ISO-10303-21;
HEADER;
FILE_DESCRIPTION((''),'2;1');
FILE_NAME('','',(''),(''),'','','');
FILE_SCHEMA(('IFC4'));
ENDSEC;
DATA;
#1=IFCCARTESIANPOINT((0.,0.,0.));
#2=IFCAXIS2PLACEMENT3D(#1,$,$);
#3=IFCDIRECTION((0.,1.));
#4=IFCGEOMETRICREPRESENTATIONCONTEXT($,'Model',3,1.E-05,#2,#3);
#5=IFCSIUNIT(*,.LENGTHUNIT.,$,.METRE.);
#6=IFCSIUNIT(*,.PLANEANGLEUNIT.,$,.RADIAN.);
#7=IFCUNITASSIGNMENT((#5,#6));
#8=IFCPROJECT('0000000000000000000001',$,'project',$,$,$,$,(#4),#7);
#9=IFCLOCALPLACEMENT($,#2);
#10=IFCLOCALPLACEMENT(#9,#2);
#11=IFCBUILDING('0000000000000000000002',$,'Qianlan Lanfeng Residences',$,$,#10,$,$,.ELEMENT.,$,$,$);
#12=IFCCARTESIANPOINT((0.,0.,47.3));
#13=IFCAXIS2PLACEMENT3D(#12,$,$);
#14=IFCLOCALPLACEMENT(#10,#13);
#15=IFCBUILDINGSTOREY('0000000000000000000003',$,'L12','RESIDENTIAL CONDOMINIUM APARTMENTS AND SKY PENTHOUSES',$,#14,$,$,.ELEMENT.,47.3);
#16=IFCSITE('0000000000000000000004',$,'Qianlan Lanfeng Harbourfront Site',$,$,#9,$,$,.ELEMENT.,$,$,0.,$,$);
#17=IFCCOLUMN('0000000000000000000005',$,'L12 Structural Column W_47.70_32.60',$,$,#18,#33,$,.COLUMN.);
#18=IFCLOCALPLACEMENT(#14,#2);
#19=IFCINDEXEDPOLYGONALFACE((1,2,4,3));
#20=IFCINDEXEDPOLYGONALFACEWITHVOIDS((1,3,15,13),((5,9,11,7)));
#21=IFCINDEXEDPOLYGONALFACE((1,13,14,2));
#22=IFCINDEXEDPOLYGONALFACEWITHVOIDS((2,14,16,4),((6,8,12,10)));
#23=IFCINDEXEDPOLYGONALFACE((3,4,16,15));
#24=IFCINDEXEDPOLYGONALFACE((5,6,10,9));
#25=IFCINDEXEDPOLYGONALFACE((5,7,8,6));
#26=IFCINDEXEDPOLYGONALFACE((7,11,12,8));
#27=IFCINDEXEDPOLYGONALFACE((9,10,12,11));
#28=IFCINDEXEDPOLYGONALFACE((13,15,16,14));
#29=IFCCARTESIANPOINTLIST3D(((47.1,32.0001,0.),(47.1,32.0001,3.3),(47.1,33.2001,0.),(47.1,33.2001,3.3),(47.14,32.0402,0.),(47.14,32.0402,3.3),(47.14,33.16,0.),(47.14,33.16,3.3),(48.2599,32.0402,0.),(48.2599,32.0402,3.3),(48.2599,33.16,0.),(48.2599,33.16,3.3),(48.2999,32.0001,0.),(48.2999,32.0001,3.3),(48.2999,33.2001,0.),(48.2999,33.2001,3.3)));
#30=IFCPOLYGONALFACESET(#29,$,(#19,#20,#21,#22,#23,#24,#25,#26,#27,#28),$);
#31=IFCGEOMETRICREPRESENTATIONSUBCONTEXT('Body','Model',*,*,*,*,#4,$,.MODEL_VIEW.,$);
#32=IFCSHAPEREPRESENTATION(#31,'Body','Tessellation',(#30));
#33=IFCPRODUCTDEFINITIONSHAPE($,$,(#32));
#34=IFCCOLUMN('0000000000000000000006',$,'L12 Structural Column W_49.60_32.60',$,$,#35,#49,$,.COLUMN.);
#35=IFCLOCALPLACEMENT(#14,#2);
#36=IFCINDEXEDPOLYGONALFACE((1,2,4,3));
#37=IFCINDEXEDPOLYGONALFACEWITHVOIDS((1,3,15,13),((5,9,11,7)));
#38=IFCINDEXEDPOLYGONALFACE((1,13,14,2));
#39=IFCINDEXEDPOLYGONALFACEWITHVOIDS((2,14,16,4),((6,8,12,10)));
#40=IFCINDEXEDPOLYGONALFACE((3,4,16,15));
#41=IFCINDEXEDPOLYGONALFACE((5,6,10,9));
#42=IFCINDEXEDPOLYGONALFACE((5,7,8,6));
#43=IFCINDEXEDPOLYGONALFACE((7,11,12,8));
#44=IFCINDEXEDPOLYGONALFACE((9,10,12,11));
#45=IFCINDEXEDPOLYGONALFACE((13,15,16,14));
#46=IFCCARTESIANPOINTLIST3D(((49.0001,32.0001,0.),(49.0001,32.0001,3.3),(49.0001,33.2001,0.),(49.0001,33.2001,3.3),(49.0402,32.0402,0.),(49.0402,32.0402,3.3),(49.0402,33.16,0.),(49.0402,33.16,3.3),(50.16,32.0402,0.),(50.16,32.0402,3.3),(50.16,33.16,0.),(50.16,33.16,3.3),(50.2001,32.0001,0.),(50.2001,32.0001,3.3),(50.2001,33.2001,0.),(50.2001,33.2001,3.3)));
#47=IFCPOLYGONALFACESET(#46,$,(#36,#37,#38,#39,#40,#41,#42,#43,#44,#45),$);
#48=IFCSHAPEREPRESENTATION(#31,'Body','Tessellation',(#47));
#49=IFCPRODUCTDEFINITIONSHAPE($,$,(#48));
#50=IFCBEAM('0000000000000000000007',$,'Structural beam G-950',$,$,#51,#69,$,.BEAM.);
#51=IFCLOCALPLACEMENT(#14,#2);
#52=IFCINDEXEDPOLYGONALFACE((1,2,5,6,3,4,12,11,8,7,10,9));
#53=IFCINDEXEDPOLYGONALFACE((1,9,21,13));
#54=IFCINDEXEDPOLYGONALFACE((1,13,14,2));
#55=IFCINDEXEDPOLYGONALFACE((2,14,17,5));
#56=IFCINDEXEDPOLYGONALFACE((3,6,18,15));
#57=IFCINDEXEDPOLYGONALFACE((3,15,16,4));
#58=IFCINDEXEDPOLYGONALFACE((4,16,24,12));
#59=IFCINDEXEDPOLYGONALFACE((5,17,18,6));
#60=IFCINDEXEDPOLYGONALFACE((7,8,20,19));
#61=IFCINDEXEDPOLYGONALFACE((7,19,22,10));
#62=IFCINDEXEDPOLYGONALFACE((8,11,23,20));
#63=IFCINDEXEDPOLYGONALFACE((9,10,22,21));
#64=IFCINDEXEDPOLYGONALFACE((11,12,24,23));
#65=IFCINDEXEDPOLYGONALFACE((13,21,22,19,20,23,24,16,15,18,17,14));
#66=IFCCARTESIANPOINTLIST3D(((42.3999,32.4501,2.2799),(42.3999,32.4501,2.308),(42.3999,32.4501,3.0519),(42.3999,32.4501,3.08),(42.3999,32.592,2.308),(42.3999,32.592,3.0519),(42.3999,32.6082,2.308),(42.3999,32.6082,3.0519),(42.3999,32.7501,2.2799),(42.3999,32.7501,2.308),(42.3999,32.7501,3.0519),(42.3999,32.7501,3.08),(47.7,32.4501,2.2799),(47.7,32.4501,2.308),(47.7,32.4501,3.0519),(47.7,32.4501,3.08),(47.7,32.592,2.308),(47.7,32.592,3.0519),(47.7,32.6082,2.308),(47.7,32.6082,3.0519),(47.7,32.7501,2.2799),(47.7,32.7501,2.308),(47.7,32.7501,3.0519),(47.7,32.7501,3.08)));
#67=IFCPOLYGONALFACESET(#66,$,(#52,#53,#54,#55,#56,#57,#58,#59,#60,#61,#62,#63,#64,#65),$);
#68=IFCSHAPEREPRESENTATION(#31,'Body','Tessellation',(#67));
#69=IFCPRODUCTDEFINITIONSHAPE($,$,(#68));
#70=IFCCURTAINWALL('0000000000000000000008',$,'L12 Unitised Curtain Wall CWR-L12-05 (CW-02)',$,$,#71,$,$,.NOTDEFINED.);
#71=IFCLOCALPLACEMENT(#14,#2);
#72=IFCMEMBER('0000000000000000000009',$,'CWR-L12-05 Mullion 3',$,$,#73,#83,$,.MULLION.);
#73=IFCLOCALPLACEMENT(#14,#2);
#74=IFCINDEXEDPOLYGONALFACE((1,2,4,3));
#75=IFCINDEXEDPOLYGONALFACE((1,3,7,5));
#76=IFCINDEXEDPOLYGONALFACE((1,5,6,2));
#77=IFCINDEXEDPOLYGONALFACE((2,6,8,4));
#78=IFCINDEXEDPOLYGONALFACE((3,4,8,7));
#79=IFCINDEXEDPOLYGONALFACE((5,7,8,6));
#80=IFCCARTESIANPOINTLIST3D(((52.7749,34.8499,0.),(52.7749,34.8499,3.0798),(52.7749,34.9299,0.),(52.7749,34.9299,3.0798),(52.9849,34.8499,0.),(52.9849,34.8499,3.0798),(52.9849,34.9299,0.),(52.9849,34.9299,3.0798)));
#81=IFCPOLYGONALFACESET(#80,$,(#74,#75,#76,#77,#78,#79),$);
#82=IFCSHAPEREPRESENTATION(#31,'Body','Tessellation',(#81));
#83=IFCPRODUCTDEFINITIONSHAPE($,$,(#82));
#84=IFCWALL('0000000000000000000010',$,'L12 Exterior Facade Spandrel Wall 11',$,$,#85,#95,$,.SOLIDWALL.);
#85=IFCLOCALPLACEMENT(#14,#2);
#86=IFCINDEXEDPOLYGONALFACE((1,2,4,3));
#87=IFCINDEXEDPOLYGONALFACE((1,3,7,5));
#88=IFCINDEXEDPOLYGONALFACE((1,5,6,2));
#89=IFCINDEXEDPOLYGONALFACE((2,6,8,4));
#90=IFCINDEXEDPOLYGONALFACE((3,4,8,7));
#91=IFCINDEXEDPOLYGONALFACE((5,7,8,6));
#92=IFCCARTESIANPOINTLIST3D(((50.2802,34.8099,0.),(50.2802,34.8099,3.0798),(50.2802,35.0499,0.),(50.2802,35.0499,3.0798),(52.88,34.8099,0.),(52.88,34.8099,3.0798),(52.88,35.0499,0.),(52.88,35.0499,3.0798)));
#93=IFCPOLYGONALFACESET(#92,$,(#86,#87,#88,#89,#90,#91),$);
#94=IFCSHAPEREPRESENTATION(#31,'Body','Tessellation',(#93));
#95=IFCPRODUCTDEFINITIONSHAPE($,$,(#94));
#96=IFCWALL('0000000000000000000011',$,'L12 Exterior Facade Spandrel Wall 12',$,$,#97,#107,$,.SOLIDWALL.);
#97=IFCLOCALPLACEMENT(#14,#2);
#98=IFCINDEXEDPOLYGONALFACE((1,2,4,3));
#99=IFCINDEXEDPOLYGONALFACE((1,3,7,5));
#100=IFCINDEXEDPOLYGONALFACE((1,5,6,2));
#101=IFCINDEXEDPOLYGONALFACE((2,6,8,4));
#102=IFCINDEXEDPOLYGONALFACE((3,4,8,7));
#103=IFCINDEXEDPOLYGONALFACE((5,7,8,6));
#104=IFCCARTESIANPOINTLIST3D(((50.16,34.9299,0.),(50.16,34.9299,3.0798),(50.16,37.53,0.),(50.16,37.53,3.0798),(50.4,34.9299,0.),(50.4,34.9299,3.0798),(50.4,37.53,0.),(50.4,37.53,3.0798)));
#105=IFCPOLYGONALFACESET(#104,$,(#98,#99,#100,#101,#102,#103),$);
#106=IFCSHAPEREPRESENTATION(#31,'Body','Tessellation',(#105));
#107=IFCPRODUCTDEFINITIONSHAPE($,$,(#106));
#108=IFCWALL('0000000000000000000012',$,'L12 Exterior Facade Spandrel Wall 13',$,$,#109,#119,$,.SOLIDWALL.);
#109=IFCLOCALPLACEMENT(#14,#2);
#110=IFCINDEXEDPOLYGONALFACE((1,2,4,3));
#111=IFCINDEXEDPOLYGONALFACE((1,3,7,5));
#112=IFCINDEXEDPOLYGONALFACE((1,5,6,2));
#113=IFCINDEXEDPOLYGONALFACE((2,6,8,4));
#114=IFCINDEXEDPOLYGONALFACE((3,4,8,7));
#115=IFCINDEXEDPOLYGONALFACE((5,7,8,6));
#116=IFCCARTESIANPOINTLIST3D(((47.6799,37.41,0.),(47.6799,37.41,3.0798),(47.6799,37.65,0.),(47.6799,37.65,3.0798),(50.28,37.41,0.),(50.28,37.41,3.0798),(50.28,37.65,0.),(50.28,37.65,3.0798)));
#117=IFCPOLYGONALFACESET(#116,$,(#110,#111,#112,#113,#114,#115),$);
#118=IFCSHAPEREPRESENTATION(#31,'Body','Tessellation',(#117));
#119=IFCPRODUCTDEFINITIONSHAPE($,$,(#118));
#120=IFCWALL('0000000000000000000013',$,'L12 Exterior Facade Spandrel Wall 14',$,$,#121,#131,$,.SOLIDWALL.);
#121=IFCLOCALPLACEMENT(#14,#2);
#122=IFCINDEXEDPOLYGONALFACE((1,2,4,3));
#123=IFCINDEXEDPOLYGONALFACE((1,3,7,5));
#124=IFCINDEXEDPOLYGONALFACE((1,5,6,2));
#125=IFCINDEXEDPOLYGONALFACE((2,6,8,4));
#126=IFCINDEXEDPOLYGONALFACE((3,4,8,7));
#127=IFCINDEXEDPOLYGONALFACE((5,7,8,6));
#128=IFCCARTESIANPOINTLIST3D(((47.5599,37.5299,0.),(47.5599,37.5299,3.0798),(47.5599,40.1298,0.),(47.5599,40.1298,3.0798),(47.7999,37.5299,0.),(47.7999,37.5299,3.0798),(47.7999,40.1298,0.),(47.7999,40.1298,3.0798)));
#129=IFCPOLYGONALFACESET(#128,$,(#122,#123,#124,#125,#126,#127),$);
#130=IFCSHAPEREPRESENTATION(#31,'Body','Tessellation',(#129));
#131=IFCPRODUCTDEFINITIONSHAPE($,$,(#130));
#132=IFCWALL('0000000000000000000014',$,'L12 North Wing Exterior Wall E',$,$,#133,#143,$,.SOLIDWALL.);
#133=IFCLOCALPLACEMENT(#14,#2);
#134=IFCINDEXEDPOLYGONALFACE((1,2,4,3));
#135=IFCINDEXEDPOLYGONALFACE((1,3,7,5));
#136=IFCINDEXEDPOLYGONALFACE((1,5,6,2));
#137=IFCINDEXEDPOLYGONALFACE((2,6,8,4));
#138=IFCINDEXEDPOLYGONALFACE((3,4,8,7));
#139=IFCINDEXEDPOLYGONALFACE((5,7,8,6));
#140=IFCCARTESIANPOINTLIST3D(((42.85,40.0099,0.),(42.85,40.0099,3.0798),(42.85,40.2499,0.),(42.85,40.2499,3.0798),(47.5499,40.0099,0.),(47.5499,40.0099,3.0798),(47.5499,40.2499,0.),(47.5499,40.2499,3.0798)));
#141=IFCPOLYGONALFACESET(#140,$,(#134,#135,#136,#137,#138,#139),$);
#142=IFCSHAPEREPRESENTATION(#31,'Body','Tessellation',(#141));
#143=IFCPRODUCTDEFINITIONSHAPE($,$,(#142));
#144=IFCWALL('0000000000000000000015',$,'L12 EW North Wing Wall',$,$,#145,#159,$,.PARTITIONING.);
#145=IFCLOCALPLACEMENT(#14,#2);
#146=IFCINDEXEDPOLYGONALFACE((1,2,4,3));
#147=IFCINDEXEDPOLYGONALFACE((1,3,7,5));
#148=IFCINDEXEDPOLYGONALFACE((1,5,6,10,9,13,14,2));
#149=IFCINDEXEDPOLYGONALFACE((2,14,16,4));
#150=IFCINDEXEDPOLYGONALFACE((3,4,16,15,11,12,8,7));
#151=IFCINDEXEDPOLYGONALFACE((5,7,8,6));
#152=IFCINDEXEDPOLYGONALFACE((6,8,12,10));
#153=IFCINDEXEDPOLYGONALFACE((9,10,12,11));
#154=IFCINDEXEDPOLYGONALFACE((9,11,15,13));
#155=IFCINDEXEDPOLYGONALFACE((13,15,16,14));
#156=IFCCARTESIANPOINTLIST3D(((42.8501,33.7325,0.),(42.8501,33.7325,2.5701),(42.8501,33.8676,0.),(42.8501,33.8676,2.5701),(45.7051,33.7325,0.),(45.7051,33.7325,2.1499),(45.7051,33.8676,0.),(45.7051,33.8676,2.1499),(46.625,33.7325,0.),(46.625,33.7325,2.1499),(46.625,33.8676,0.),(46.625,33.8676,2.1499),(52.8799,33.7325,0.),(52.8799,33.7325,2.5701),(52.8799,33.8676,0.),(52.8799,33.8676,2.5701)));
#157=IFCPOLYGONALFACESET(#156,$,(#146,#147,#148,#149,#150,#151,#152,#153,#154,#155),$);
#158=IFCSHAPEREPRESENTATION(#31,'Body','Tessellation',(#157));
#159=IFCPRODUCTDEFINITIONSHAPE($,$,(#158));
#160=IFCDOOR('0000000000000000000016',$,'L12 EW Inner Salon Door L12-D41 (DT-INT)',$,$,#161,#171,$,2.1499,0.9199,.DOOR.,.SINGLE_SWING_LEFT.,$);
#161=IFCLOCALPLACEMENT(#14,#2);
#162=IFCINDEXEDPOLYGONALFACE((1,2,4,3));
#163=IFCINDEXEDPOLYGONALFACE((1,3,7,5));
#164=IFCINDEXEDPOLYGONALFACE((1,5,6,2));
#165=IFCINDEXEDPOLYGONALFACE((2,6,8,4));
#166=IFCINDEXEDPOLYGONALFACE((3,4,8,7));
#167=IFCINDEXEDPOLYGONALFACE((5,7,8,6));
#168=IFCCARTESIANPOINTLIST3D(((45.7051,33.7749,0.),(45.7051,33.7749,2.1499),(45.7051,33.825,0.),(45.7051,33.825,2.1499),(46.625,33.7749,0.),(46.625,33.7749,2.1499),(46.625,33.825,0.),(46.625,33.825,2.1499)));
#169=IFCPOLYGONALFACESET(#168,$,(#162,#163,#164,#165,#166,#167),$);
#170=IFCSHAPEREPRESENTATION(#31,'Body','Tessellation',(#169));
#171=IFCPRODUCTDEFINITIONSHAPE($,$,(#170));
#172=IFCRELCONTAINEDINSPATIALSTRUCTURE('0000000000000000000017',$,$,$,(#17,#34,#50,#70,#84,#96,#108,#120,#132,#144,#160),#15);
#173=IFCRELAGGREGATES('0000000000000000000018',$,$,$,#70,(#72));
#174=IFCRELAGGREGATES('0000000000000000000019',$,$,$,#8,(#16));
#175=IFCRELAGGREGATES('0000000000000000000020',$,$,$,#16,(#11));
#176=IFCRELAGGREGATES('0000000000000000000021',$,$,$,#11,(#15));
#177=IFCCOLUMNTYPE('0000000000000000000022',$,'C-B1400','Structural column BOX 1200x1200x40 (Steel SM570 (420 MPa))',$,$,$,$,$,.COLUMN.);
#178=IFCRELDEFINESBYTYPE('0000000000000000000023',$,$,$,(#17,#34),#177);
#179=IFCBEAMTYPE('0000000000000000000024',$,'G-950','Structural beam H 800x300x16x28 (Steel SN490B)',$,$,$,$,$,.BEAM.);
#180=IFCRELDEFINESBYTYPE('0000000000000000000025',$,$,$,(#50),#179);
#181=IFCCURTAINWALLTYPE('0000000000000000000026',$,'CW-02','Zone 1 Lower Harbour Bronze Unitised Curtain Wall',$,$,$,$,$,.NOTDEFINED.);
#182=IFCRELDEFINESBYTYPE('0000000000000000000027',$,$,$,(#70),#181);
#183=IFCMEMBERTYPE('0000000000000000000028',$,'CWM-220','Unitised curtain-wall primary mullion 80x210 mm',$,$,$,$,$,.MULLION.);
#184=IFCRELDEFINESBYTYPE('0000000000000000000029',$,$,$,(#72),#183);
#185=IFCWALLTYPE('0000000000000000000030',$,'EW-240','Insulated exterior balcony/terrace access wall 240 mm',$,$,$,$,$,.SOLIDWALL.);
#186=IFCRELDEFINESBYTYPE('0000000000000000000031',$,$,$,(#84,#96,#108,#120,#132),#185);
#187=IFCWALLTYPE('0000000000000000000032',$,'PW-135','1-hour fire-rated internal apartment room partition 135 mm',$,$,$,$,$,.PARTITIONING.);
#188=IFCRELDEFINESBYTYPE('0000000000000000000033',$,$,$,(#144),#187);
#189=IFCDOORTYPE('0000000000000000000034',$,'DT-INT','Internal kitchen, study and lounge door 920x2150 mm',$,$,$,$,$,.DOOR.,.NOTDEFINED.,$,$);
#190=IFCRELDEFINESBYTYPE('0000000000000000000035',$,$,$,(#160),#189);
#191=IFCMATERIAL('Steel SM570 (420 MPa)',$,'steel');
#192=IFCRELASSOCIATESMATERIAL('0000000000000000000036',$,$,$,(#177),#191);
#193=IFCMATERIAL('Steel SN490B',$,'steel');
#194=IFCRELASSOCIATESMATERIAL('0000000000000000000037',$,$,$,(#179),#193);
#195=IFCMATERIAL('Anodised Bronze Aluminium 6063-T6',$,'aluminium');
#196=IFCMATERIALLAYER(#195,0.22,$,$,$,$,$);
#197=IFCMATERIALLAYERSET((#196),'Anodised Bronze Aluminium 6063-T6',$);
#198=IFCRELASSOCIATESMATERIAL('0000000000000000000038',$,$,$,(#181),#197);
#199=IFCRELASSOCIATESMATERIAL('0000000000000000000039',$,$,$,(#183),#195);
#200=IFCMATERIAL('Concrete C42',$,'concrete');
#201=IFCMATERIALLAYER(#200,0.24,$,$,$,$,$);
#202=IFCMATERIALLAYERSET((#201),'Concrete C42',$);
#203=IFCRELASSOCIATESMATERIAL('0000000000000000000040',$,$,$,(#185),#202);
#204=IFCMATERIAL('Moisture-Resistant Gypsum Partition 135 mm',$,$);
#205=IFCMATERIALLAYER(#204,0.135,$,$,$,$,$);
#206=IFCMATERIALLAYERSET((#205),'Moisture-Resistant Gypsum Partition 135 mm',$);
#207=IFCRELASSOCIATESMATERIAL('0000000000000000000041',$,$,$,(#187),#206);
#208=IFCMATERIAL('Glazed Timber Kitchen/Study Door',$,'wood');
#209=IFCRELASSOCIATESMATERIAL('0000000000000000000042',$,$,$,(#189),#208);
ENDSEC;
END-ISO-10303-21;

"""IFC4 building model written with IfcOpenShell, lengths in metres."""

from ifc_helpers import new_model, si_unit, direction, frame, frame_2d, origin, origin_2d, place, context, subcontext, project, spatial, rectangle, hollow_rectangle, i_section, extrude, source, transform, mapped, material, layer, layer_set, material_profile, profile_set, type_object, element, fill, aggregate, save


model = new_model("IFC4")

# Units and contexts
model_context = context("Model", 3, precision=1e-05, world=origin(), true_north=direction((0.0, 1.0)))
body_context = subcontext(model_context, "Body", "Model", "MODEL_VIEW")
ifc_project = project(units=[si_unit("LENGTHUNIT", "METRE"), si_unit("PLANEANGLEUNIT", "RADIAN")], contexts=[model_context])

# Site, building, storey
site_placement = place(None, origin())
site = spatial("IfcSite", under=ifc_project, at=site_placement, Name="Qianlan Lanfeng Harbourfront Site", CompositionType="ELEMENT", RefElevation=0.0)
building_placement = place(site_placement, origin())
building = spatial("IfcBuilding", under=site, at=building_placement, Name="Qianlan Lanfeng Residences", CompositionType="ELEMENT")
storey_placement = place(building_placement, frame((0.0, 0.0, 47.3)))
storey = spatial("IfcBuildingStorey", under=building, at=storey_placement, Name="L12", Description="RESIDENTIAL CONDOMINIUM APARTMENTS AND SKY PENTHOUSES", CompositionType="ELEMENT", Elevation=47.3)

# Columns
ifc_material_1 = material(Name="Steel SM570 (420 MPa)", Category="steel")
ifc_material_profile_1 = material_profile(ifc_material_1, hollow_rectangle(XDim=1.2, YDim=1.2, WallThickness=0.04, at=origin_2d()), Name="BOX 1200x1200x40")
ifc_profile_set_1 = profile_set([ifc_material_profile_1], Name="Steel SM570 (420 MPa)")
column_type = type_object("IfcColumnType", Name="C-B1400", Description="Structural column BOX 1200x1200x40 (Steel SM570 (420 MPa))", PredefinedType="COLUMN", material=ifc_profile_set_1)
for number, where, z_axis, x_axis, name in (
    (1, (47.7, 32.6001, 0.0), (0.0, 0.0, 1.0), (1.0, 0.0, 0.0), "L12 Structural Column W_47.70_32.60"),
    (2, (49.6001, 32.6001, 0.0), (0.0, 0.0, 1.0), (1.0, 0.0, 0.0), "L12 Structural Column W_49.60_32.60"),
):
    element("IfcColumn", number, at=place(storey_placement, frame(where, z_axis=z_axis, x_axis=x_axis)), inside=storey, type_object=column_type, Name=name, PredefinedType="COLUMN", context=body_context, shape_type="SweptSolid", body=[
        extrude(hollow_rectangle(XDim=1.2, YDim=1.2, WallThickness=0.04, at=origin_2d()), origin(), (0.0, 0.0, 1.0), 3.3),
    ])

# Beam
ifc_material_2 = material(Name="Steel SN490B", Category="steel")
ifc_material_profile_2 = material_profile(ifc_material_2, i_section(OverallWidth=0.3, OverallDepth=0.8, WebThickness=0.0161, FlangeThickness=0.0281, at=origin_2d()), Name="H 800x300x16x28")
ifc_profile_set_2 = profile_set([ifc_material_profile_2], Name="Steel SN490B")
beam_type = type_object("IfcBeamType", Name="G-950", Description="Structural beam H 800x300x16x28 (Steel SN490B)", PredefinedType="BEAM", material=ifc_profile_set_2)
beam_placement = place(storey_placement, frame((42.3999, 32.6001, 2.6799), z_axis=(1.0, 0.0, 0.0), x_axis=(0.0, 1.0, 0.0)))
element("IfcBeam", 3, at=beam_placement, inside=storey, type_object=beam_type, Name="Structural beam G-950", PredefinedType="BEAM", context=body_context, shape_type="SweptSolid", body=[
    extrude(i_section(OverallWidth=0.3, OverallDepth=0.8, WebThickness=0.0161, FlangeThickness=0.0281, at=origin_2d()), origin(), (0.0, 0.0, 1.0), 5.3),
])

# Curtain wall, member
ifc_material_3 = material(Name="Anodised Bronze Aluminium 6063-T6", Category="aluminium")
ifc_layer_1 = layer(ifc_material_3, 0.22)
ifc_layer_set_1 = layer_set([ifc_layer_1], Name="Anodised Bronze Aluminium 6063-T6")
curtain_wall_type = type_object("IfcCurtainWallType", Name="CW-02", Description="Zone 1 Lower Harbour Bronze Unitised Curtain Wall", PredefinedType="NOTDEFINED", material=ifc_layer_set_1)
curtain_wall_placement = place(storey_placement, origin())
curtain_wall = element("IfcCurtainWall", 4, at=curtain_wall_placement, inside=storey, type_object=curtain_wall_type, Name="L12 Unitised Curtain Wall CWR-L12-05 (CW-02)", PredefinedType="NOTDEFINED")
ifc_material_profile_3 = material_profile(ifc_material_3, rectangle(XDim=0.0801, YDim=0.21, at=origin_2d()), Name="ALU MULLION 80x210")
ifc_profile_set_3 = profile_set([ifc_material_profile_3], Name="Anodised Bronze Aluminium 6063-T6")
member_type = type_object("IfcMemberType", Name="CWM-220", Description="Unitised curtain-wall primary mullion 80x210 mm", PredefinedType="MULLION", material=ifc_profile_set_3)
shared_shape_1 = source(origin(), body_context, "Body", "SweptSolid", [
    extrude(rectangle(XDim=0.0801, YDim=0.21, at=origin_2d()), origin(), (0.0, 0.0, 1.0), 3.0798),
])
member_placement = place(storey_placement, frame((52.8799, 34.8899, 0.0), z_axis=(0.0, 0.0, 1.0), x_axis=(0.0, 1.0, 0.0)))
member = element("IfcMember", 5, at=member_placement, type_object=member_type, Name="CWR-L12-05 Mullion 3", PredefinedType="MULLION", context=body_context, shape_type="MappedRepresentation", body=[
    mapped(shared_shape_1, transform((0.0, 0.0, 0.0), scale=1.0)),
])
aggregate(curtain_wall, [member])

# Walls
ifc_material_4 = material(Name="Concrete C42", Category="concrete")
ifc_layer_2 = layer(ifc_material_4, 0.24)
ifc_layer_set_2 = layer_set([ifc_layer_2], Name="Concrete C42")
wall_type_1 = type_object("IfcWallType", Name="EW-240", Description="Insulated exterior balcony/terrace access wall 240 mm", PredefinedType="SOLIDWALL", material=ifc_layer_set_2)
wall_1_placement = place(storey_placement, frame((52.8799, 34.9299, 0.0), z_axis=(0.0, 0.0, 1.0), x_axis=(-1.0, 0.0, 0.0)))
element("IfcWall", 6, at=wall_1_placement, inside=storey, type_object=wall_type_1, Name="L12 Exterior Facade Spandrel Wall 11", PredefinedType="SOLIDWALL", context=body_context, shape_type="SweptSolid", body=[
    extrude(rectangle(XDim=2.5999, YDim=0.24, at=frame_2d((1.2998, 0.0))), origin(), (0.0, 0.0, 1.0), 3.0798),
])
for number, where, z_axis, x_axis, name in (
    (7, (50.28, 34.9299, 0.0), (0.0, 0.0, 1.0), (0.0, 1.0, 0.0), "L12 Exterior Facade Spandrel Wall 12"),
    (8, (50.28, 37.53, 0.0), (0.0, 0.0, 1.0), (-1.0, 0.0, 0.0), "L12 Exterior Facade Spandrel Wall 13"),
):
    element("IfcWall", number, at=place(storey_placement, frame(where, z_axis=z_axis, x_axis=x_axis)), inside=storey, type_object=wall_type_1, Name=name, PredefinedType="SOLIDWALL", context=body_context, shape_type="SweptSolid", body=[
        extrude(rectangle(XDim=2.6001, YDim=0.24, at=frame_2d((1.3, 0.0))), origin(), (0.0, 0.0, 1.0), 3.0798),
    ])
wall_2_placement = place(storey_placement, frame((47.6799, 37.53, 0.0), z_axis=(0.0, 0.0, 1.0), x_axis=(0.0, 1.0, 0.0)))
element("IfcWall", 9, at=wall_2_placement, inside=storey, type_object=wall_type_1, Name="L12 Exterior Facade Spandrel Wall 14", PredefinedType="SOLIDWALL", context=body_context, shape_type="SweptSolid", body=[
    extrude(rectangle(XDim=2.5999, YDim=0.24, at=frame_2d((1.2998, 0.0))), origin(), (0.0, 0.0, 1.0), 3.0798),
])
wall_3_placement = place(storey_placement, frame((47.55, 40.1299, 0.0), z_axis=(0.0, 0.0, 1.0), x_axis=(-1.0, 0.0, 0.0)))
element("IfcWall", 10, at=wall_3_placement, inside=storey, type_object=wall_type_1, Name="L12 North Wing Exterior Wall E", PredefinedType="SOLIDWALL", context=body_context, shape_type="SweptSolid", body=[
    extrude(rectangle(XDim=4.7, YDim=0.24, at=frame_2d((2.3501, 0.0))), origin(), (0.0, 0.0, 1.0), 3.0798),
])

# Wall, opening, door
ifc_material_5 = material(Name="Moisture-Resistant Gypsum Partition 135 mm")
ifc_layer_3 = layer(ifc_material_5, 0.135)
ifc_layer_set_3 = layer_set([ifc_layer_3], Name="Moisture-Resistant Gypsum Partition 135 mm")
wall_type_2 = type_object("IfcWallType", Name="PW-135", Description="1-hour fire-rated internal apartment room partition 135 mm", PredefinedType="PARTITIONING", material=ifc_layer_set_3)
wall_4_placement = place(storey_placement, frame((42.8501, 33.8, 0.0), z_axis=(0.0, 0.0, 1.0), x_axis=(1.0, 0.0, 0.0)))
wall_4 = element("IfcWall", 11, at=wall_4_placement, inside=storey, type_object=wall_type_2, Name="L12 EW North Wing Wall", PredefinedType="PARTITIONING", context=body_context, shape_type="SweptSolid", body=[
    extrude(rectangle(XDim=10.0298, YDim=0.135, at=frame_2d((5.0149, 0.0))), origin(), (0.0, 0.0, 1.0), 2.5701),
])
opening_placement = place(wall_4_placement, frame((2.855, 0.0, 0.0)))
opening = element("IfcOpeningElement", 12, at=opening_placement, cuts=wall_4, PredefinedType="OPENING", context=body_context, shape_type="SweptSolid", body=[
    extrude(rectangle(XDim=0.9199, YDim=2.1499, at=frame_2d((0.46, 1.075))), frame((0.0, 0.0776, 0.0), z_axis=(0.0, -1.0, 0.0), x_axis=(1.0, 0.0, 0.0)), (0.0, 0.0, 1.0), 0.155),
])
ifc_material_6 = material(Name="Glazed Timber Kitchen/Study Door", Category="wood")
door_type = type_object("IfcDoorType", Name="DT-INT", Description="Internal kitchen, study and lounge door 920x2150 mm", OperationType="NOTDEFINED", PredefinedType="DOOR", material=ifc_material_6)
door_placement = place(opening_placement, origin())
door = element("IfcDoor", 13, at=door_placement, inside=storey, type_object=door_type, Name="L12 EW Inner Salon Door L12-D41 (DT-INT)", OperationType="SINGLE_SWING_LEFT", OverallHeight=2.1499, OverallWidth=0.9199, PredefinedType="DOOR", context=body_context, shape_type="SweptSolid", body=[
    extrude(rectangle(XDim=0.9199, YDim=2.1499, at=frame_2d((0.46, 1.075))), frame((0.0, 0.0249, 0.0), z_axis=(0.0, -1.0, 0.0), x_axis=(1.0, 0.0, 0.0)), (0.0, 0.0, 1.0), 0.05),
])
fill(opening, door)

save(model, "model.ifc")
